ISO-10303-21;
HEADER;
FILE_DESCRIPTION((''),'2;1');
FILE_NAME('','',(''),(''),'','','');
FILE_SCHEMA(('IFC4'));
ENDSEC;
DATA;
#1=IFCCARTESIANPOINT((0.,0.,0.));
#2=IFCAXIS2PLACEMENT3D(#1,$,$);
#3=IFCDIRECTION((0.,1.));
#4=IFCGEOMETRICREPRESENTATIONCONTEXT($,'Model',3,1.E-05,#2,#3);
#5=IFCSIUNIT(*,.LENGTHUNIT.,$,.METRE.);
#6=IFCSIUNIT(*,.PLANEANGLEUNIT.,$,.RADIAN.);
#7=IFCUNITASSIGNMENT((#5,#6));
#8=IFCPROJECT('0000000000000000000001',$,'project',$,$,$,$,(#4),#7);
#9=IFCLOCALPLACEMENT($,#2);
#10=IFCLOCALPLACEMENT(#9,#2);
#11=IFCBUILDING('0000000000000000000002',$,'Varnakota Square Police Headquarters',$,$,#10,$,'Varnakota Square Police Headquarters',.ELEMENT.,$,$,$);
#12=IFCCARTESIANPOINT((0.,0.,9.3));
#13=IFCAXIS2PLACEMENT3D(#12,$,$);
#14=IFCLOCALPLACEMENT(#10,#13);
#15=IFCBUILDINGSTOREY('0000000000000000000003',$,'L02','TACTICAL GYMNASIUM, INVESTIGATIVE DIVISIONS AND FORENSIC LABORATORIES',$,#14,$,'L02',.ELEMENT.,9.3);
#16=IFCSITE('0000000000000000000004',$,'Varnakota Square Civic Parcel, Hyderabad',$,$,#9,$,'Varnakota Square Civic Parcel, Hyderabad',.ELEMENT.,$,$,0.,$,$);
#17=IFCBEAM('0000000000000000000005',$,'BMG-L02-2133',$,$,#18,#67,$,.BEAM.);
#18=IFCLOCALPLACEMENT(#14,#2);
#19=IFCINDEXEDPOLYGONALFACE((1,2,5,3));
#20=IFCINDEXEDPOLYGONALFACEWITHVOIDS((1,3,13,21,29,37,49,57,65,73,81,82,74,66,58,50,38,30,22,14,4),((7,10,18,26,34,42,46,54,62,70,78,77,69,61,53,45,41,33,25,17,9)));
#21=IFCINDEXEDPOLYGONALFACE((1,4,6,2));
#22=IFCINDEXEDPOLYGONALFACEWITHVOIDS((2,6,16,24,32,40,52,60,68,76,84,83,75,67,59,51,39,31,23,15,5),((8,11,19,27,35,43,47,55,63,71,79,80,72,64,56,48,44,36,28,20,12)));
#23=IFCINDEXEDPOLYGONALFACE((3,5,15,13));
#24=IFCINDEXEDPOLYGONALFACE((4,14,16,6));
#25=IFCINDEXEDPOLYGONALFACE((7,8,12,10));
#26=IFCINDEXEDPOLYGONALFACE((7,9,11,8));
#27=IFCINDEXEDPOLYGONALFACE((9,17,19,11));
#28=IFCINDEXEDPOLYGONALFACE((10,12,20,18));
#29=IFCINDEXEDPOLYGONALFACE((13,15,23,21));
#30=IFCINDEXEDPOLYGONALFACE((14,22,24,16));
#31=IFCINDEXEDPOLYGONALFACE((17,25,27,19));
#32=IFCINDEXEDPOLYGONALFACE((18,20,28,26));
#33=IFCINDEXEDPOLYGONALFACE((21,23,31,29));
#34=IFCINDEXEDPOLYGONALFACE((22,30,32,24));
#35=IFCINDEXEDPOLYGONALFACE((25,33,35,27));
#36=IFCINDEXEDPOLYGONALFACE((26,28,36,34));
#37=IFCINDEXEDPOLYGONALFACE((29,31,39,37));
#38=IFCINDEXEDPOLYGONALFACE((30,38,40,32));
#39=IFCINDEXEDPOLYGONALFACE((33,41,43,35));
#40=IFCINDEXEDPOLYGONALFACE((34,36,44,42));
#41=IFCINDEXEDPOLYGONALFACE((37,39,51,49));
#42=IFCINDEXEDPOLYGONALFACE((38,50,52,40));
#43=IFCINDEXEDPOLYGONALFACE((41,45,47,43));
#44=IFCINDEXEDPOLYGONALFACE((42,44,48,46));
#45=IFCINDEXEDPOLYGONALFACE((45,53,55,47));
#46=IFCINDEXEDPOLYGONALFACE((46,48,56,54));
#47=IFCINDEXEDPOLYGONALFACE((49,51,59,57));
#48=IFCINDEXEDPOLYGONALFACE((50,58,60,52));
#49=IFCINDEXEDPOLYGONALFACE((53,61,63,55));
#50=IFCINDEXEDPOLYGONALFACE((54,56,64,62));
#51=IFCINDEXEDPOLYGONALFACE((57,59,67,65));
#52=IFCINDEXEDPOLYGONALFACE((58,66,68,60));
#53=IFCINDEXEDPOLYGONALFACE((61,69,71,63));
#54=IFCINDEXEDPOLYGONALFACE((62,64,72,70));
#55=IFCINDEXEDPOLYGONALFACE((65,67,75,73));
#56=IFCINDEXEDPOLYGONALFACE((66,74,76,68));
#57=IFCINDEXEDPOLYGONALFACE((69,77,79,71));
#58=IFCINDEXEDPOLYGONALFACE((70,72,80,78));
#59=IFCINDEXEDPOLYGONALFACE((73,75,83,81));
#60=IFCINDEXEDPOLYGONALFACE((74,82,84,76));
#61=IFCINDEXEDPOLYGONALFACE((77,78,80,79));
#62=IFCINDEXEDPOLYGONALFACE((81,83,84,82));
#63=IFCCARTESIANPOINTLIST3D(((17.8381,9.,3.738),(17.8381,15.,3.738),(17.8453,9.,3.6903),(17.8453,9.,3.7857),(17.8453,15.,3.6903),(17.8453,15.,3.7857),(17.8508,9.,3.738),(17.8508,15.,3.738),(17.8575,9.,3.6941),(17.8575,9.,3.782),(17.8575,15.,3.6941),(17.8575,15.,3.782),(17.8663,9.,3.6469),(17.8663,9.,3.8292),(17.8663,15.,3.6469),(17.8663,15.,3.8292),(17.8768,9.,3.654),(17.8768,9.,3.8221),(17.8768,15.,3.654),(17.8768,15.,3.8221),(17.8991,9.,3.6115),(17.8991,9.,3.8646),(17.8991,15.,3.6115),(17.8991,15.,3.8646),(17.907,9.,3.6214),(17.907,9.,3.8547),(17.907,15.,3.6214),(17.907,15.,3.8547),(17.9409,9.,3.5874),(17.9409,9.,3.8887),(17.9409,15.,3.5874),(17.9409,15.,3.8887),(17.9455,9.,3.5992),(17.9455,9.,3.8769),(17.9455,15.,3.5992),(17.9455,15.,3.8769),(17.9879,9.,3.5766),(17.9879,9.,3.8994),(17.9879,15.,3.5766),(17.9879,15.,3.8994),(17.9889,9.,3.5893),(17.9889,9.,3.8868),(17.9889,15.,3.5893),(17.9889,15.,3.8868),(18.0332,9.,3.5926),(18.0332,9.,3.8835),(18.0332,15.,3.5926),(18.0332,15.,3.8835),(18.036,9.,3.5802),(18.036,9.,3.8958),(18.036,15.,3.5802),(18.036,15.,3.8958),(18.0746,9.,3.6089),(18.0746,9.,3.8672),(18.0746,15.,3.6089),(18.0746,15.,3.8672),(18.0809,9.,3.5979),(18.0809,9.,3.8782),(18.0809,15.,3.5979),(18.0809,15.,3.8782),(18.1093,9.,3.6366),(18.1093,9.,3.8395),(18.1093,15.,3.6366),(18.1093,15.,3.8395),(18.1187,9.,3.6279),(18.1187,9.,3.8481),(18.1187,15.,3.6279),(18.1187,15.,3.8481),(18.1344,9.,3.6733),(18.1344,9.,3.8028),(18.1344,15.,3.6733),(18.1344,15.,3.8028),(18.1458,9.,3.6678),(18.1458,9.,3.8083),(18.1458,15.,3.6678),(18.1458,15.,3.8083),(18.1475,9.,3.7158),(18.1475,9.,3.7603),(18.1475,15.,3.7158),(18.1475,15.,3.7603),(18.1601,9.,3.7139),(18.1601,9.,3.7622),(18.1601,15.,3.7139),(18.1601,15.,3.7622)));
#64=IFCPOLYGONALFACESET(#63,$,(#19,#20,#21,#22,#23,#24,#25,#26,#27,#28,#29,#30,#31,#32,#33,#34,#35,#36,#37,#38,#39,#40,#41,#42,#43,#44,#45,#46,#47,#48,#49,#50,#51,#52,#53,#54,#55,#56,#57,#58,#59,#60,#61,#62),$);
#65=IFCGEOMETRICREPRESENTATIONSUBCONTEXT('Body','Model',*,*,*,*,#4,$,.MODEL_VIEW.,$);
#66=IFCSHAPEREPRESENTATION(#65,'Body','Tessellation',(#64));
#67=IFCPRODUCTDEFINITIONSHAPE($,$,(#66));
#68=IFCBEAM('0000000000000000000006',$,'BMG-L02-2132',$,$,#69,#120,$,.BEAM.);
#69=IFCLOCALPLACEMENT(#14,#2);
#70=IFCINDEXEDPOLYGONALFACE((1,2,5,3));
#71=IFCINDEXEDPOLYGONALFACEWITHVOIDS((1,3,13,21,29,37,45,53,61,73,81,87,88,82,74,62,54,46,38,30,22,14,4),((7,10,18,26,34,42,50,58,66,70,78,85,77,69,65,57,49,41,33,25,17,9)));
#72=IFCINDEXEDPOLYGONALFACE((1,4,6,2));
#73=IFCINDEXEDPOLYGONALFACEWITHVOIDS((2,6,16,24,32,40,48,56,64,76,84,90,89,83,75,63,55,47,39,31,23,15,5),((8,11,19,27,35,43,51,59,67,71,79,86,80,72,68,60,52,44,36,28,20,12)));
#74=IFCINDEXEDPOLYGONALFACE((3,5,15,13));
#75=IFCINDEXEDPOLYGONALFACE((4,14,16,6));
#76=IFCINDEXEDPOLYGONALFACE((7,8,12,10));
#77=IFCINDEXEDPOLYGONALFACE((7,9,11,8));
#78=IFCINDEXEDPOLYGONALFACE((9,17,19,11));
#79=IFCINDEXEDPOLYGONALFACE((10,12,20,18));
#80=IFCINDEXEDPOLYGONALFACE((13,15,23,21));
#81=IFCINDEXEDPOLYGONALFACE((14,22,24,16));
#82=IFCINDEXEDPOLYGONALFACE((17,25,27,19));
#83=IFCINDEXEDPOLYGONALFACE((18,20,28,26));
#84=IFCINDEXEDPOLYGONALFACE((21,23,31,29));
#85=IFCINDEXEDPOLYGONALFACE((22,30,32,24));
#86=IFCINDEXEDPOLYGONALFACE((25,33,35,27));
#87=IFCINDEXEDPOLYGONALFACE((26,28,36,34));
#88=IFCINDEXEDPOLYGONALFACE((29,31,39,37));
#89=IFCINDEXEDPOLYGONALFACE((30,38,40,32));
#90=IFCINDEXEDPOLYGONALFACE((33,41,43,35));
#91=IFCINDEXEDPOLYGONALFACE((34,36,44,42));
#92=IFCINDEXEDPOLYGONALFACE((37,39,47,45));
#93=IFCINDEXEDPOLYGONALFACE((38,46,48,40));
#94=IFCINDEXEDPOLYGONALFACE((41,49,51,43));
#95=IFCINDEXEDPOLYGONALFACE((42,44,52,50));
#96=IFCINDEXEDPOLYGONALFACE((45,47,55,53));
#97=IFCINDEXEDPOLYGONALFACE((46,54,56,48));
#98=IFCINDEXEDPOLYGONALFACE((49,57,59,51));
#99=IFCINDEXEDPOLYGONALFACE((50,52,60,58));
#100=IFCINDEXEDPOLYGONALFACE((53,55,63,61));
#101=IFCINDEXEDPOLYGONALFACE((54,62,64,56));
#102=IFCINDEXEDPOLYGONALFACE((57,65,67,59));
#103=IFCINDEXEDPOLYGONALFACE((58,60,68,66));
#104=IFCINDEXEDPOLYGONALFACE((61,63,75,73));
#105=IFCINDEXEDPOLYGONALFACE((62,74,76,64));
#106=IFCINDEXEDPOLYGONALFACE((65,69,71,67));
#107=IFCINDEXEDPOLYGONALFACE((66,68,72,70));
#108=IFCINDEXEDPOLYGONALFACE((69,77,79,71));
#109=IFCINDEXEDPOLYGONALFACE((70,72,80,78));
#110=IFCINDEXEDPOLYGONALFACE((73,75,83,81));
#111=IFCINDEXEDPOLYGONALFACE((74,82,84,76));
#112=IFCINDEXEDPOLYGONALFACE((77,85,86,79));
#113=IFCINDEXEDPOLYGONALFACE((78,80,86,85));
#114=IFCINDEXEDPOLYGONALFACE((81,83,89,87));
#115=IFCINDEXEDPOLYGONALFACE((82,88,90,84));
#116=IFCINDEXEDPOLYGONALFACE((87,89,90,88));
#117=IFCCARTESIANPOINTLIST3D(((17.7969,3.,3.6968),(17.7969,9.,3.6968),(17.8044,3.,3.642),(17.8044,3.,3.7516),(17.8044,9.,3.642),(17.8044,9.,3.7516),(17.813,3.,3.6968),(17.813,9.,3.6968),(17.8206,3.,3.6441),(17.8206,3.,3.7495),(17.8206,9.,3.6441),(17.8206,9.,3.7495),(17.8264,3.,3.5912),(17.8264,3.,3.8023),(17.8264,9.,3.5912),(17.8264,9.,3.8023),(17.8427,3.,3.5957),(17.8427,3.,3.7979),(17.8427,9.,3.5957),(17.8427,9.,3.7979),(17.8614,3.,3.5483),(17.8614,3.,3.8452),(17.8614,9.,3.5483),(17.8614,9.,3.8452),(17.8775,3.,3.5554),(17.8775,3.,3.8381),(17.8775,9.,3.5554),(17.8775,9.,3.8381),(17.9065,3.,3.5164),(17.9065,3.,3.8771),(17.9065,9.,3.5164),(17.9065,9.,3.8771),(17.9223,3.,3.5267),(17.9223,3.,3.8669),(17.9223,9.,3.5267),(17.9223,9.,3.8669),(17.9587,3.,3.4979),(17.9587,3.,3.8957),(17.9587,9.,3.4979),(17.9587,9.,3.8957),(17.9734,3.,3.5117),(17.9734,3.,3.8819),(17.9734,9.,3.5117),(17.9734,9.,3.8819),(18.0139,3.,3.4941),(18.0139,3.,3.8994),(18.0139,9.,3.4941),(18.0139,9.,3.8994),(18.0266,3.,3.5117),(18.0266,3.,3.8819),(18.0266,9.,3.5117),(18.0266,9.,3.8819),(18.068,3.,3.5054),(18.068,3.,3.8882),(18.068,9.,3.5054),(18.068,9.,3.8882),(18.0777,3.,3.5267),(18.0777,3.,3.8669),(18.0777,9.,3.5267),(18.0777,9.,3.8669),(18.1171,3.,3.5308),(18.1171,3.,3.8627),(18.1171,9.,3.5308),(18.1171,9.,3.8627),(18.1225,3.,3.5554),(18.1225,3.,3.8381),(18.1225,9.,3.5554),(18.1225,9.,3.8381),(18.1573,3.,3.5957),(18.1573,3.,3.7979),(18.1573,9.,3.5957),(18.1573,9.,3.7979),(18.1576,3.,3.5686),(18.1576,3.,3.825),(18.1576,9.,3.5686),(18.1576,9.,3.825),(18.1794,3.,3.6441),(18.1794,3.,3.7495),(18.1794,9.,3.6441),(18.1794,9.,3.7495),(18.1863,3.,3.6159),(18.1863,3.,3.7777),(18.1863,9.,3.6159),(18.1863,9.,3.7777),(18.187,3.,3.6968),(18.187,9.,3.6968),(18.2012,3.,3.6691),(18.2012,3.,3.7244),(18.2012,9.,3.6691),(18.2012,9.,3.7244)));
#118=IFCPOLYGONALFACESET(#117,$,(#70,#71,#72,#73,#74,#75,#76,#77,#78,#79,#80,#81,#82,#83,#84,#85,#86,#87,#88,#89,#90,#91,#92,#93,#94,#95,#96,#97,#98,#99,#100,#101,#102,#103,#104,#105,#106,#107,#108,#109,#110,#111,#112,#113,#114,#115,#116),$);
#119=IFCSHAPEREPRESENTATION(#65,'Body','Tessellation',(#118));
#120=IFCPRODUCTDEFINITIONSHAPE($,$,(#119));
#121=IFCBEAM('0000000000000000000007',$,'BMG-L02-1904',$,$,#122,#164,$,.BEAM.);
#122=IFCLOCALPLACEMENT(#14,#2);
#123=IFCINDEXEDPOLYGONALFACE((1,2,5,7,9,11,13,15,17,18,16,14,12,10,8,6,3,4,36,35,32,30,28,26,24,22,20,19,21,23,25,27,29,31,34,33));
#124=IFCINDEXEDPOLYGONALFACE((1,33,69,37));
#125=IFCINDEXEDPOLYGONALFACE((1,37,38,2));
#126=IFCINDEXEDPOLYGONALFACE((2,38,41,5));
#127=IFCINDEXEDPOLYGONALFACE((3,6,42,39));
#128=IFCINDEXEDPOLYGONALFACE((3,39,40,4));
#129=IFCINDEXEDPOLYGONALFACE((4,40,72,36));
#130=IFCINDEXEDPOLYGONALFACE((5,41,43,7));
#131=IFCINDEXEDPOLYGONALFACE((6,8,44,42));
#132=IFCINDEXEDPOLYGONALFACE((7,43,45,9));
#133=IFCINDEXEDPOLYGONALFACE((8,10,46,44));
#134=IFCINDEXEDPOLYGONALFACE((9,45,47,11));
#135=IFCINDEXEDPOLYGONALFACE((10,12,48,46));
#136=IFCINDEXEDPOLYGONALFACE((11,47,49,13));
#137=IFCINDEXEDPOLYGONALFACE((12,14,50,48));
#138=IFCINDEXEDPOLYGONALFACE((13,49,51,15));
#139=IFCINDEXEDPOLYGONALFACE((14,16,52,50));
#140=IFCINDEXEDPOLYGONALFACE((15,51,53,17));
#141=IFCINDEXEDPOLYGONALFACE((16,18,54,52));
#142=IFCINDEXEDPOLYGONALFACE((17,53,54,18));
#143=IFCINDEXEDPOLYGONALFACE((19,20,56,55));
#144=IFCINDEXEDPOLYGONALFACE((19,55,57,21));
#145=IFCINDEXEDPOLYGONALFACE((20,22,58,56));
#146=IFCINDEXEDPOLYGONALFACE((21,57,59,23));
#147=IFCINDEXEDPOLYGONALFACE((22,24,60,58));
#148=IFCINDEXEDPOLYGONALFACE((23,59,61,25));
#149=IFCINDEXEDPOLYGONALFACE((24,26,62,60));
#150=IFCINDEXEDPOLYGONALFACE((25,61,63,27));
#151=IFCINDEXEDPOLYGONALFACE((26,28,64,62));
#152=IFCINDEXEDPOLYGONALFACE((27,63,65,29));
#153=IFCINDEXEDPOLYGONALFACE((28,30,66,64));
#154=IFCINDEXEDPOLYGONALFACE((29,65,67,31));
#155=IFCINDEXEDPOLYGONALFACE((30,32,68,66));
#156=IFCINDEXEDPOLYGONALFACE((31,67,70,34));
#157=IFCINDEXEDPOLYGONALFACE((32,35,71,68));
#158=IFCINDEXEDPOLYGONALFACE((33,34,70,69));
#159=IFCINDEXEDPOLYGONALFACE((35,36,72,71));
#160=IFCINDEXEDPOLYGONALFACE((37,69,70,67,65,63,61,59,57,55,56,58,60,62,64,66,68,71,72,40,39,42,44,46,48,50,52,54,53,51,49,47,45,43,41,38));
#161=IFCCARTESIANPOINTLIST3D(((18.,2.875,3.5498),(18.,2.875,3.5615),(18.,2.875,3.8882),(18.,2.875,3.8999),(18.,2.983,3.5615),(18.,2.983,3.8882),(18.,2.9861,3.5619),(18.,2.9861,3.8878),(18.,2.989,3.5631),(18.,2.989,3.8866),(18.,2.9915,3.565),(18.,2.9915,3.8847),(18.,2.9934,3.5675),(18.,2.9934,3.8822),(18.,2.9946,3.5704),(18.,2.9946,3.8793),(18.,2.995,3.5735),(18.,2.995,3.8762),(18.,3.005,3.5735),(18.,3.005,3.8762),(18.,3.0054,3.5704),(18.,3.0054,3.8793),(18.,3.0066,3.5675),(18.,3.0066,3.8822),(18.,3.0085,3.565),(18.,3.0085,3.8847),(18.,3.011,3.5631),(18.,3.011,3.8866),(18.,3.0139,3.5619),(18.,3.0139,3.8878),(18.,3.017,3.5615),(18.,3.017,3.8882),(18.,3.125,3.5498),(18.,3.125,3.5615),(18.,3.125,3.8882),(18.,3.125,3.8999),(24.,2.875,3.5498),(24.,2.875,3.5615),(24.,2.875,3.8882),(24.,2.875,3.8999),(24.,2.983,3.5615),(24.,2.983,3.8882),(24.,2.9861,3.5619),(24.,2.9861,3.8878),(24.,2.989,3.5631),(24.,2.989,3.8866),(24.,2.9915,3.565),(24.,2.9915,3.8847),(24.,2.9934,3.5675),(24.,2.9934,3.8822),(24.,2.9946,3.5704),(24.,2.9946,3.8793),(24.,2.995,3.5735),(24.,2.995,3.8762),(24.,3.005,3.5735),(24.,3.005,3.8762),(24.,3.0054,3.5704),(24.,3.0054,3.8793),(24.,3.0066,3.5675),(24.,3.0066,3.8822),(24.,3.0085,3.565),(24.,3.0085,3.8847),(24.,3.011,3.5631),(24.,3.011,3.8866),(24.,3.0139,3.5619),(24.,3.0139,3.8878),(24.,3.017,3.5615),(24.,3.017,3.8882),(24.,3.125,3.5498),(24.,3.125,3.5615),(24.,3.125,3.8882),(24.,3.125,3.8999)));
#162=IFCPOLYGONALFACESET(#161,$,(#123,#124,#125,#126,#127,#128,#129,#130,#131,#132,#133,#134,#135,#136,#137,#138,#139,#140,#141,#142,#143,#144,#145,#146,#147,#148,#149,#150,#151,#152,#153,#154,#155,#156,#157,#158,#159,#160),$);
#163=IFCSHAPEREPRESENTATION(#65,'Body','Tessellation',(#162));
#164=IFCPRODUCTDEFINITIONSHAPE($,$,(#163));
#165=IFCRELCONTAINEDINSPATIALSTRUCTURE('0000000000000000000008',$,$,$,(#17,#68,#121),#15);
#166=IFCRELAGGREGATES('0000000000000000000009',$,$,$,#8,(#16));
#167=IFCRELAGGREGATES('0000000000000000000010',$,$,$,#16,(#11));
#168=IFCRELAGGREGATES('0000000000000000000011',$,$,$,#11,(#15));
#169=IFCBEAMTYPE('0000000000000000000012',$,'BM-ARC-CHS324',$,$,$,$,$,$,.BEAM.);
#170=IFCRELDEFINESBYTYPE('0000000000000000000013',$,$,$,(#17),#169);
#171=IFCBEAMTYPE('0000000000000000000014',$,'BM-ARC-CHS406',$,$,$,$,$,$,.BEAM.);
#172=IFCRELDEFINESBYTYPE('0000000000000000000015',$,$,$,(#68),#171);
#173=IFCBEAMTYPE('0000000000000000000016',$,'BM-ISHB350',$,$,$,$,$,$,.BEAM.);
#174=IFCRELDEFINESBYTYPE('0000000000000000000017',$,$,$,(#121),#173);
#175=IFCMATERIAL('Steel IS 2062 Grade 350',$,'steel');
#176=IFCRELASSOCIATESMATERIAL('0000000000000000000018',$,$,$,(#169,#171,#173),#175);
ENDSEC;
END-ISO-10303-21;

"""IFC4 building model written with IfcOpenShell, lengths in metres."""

from ifc_helpers import new_model, si_unit, direction, frame, origin, origin_2d, place, context, subcontext, project, spatial, hollow_circle, i_section, extrude, material, material_profile, profile_set, type_object, element, save


model = new_model("IFC4")

# Units and contexts
model_context = context("Model", 3, precision=1e-05, world=origin(), true_north=direction((0.0, 1.0)))
body_context = subcontext(model_context, "Body", "Model", "MODEL_VIEW")
ifc_project = project(units=[si_unit("LENGTHUNIT", "METRE"), si_unit("PLANEANGLEUNIT", "RADIAN")], contexts=[model_context])

# Site, building, storey
site_placement = place(None, origin())
site = spatial("IfcSite", under=ifc_project, at=site_placement, Name="Varnakota Square Civic Parcel, Hyderabad", LongName="Varnakota Square Civic Parcel, Hyderabad", CompositionType="ELEMENT", RefElevation=0.0)
building_placement = place(site_placement, origin())
building = spatial("IfcBuilding", under=site, at=building_placement, Name="Varnakota Square Police Headquarters", LongName="Varnakota Square Police Headquarters", CompositionType="ELEMENT")
storey_placement = place(building_placement, frame((0.0, 0.0, 9.3)))
storey = spatial("IfcBuildingStorey", under=building, at=storey_placement, Name="L02", Description="TACTICAL GYMNASIUM, INVESTIGATIVE DIVISIONS AND FORENSIC LABORATORIES", LongName="L02", CompositionType="ELEMENT", Elevation=9.3)

# Shared definitions
ifc_material_1 = material(Name="Steel IS 2062 Grade 350", Category="steel")

# Beams
ifc_material_profile_1 = material_profile(ifc_material_1, hollow_circle(Radius=0.1619, WallThickness=0.0127, at=origin_2d()), Name="CHS 323.9x12.7")
ifc_profile_set_1 = profile_set([ifc_material_profile_1], Name="Steel IS 2062 Grade 350")
beam_type_1 = type_object("IfcBeamType", Name="BM-ARC-CHS324", PredefinedType="BEAM", material=ifc_profile_set_1)
beam_1_placement = place(storey_placement, frame((18.0, 9.0, 3.738), z_axis=(0.0, 1.0, 0.0), x_axis=(-1.0, 0.0, 0.0)))
element("IfcBeam", 1, at=beam_1_placement, inside=storey, type_object=beam_type_1, Name="BMG-L02-2133", PredefinedType="BEAM", context=body_context, shape_type="SweptSolid", body=[
    extrude(hollow_circle(Radius=0.1619, WallThickness=0.0127, at=origin_2d()), origin(), (0.0, 0.0, 1.0), 6.0),
])
ifc_material_profile_2 = material_profile(ifc_material_1, hollow_circle(Radius=0.2031, WallThickness=0.0161, at=origin_2d()), Name="CHS 406.4x16.0")
ifc_profile_set_2 = profile_set([ifc_material_profile_2], Name="Steel IS 2062 Grade 350")
beam_type_2 = type_object("IfcBeamType", Name="BM-ARC-CHS406", PredefinedType="BEAM", material=ifc_profile_set_2)
beam_2_placement = place(storey_placement, frame((18.0, 3.0, 3.6968), z_axis=(0.0, 1.0, 0.0), x_axis=(-1.0, 0.0, 0.0)))
element("IfcBeam", 2, at=beam_2_placement, inside=storey, type_object=beam_type_2, Name="BMG-L02-2132", PredefinedType="BEAM", context=body_context, shape_type="SweptSolid", body=[
    extrude(hollow_circle(Radius=0.2031, WallThickness=0.0161, at=origin_2d()), origin(), (0.0, 0.0, 1.0), 6.0),
])
ifc_material_profile_3 = material_profile(ifc_material_1, i_section(OverallWidth=0.25, OverallDepth=0.3501, WebThickness=0.01, FlangeThickness=0.0117, FilletRadius=0.012, at=origin_2d()), Name="ISHB 350")
ifc_profile_set_3 = profile_set([ifc_material_profile_3], Name="Steel IS 2062 Grade 350")
beam_type_3 = type_object("IfcBeamType", Name="BM-ISHB350", PredefinedType="BEAM", material=ifc_profile_set_3)
beam_3_placement = place(storey_placement, frame((18.0, 3.0, 3.7249), z_axis=(1.0, 0.0, 0.0), x_axis=(0.0, 1.0, 0.0)))
element("IfcBeam", 3, at=beam_3_placement, inside=storey, type_object=beam_type_3, Name="BMG-L02-1904", PredefinedType="BEAM", context=body_context, shape_type="SweptSolid", body=[
    extrude(i_section(OverallWidth=0.25, OverallDepth=0.3501, WebThickness=0.01, FlangeThickness=0.0117, FilletRadius=0.012, at=origin_2d()), origin(), (0.0, 0.0, 1.0), 6.0),
])

save(model, "model.ifc")
